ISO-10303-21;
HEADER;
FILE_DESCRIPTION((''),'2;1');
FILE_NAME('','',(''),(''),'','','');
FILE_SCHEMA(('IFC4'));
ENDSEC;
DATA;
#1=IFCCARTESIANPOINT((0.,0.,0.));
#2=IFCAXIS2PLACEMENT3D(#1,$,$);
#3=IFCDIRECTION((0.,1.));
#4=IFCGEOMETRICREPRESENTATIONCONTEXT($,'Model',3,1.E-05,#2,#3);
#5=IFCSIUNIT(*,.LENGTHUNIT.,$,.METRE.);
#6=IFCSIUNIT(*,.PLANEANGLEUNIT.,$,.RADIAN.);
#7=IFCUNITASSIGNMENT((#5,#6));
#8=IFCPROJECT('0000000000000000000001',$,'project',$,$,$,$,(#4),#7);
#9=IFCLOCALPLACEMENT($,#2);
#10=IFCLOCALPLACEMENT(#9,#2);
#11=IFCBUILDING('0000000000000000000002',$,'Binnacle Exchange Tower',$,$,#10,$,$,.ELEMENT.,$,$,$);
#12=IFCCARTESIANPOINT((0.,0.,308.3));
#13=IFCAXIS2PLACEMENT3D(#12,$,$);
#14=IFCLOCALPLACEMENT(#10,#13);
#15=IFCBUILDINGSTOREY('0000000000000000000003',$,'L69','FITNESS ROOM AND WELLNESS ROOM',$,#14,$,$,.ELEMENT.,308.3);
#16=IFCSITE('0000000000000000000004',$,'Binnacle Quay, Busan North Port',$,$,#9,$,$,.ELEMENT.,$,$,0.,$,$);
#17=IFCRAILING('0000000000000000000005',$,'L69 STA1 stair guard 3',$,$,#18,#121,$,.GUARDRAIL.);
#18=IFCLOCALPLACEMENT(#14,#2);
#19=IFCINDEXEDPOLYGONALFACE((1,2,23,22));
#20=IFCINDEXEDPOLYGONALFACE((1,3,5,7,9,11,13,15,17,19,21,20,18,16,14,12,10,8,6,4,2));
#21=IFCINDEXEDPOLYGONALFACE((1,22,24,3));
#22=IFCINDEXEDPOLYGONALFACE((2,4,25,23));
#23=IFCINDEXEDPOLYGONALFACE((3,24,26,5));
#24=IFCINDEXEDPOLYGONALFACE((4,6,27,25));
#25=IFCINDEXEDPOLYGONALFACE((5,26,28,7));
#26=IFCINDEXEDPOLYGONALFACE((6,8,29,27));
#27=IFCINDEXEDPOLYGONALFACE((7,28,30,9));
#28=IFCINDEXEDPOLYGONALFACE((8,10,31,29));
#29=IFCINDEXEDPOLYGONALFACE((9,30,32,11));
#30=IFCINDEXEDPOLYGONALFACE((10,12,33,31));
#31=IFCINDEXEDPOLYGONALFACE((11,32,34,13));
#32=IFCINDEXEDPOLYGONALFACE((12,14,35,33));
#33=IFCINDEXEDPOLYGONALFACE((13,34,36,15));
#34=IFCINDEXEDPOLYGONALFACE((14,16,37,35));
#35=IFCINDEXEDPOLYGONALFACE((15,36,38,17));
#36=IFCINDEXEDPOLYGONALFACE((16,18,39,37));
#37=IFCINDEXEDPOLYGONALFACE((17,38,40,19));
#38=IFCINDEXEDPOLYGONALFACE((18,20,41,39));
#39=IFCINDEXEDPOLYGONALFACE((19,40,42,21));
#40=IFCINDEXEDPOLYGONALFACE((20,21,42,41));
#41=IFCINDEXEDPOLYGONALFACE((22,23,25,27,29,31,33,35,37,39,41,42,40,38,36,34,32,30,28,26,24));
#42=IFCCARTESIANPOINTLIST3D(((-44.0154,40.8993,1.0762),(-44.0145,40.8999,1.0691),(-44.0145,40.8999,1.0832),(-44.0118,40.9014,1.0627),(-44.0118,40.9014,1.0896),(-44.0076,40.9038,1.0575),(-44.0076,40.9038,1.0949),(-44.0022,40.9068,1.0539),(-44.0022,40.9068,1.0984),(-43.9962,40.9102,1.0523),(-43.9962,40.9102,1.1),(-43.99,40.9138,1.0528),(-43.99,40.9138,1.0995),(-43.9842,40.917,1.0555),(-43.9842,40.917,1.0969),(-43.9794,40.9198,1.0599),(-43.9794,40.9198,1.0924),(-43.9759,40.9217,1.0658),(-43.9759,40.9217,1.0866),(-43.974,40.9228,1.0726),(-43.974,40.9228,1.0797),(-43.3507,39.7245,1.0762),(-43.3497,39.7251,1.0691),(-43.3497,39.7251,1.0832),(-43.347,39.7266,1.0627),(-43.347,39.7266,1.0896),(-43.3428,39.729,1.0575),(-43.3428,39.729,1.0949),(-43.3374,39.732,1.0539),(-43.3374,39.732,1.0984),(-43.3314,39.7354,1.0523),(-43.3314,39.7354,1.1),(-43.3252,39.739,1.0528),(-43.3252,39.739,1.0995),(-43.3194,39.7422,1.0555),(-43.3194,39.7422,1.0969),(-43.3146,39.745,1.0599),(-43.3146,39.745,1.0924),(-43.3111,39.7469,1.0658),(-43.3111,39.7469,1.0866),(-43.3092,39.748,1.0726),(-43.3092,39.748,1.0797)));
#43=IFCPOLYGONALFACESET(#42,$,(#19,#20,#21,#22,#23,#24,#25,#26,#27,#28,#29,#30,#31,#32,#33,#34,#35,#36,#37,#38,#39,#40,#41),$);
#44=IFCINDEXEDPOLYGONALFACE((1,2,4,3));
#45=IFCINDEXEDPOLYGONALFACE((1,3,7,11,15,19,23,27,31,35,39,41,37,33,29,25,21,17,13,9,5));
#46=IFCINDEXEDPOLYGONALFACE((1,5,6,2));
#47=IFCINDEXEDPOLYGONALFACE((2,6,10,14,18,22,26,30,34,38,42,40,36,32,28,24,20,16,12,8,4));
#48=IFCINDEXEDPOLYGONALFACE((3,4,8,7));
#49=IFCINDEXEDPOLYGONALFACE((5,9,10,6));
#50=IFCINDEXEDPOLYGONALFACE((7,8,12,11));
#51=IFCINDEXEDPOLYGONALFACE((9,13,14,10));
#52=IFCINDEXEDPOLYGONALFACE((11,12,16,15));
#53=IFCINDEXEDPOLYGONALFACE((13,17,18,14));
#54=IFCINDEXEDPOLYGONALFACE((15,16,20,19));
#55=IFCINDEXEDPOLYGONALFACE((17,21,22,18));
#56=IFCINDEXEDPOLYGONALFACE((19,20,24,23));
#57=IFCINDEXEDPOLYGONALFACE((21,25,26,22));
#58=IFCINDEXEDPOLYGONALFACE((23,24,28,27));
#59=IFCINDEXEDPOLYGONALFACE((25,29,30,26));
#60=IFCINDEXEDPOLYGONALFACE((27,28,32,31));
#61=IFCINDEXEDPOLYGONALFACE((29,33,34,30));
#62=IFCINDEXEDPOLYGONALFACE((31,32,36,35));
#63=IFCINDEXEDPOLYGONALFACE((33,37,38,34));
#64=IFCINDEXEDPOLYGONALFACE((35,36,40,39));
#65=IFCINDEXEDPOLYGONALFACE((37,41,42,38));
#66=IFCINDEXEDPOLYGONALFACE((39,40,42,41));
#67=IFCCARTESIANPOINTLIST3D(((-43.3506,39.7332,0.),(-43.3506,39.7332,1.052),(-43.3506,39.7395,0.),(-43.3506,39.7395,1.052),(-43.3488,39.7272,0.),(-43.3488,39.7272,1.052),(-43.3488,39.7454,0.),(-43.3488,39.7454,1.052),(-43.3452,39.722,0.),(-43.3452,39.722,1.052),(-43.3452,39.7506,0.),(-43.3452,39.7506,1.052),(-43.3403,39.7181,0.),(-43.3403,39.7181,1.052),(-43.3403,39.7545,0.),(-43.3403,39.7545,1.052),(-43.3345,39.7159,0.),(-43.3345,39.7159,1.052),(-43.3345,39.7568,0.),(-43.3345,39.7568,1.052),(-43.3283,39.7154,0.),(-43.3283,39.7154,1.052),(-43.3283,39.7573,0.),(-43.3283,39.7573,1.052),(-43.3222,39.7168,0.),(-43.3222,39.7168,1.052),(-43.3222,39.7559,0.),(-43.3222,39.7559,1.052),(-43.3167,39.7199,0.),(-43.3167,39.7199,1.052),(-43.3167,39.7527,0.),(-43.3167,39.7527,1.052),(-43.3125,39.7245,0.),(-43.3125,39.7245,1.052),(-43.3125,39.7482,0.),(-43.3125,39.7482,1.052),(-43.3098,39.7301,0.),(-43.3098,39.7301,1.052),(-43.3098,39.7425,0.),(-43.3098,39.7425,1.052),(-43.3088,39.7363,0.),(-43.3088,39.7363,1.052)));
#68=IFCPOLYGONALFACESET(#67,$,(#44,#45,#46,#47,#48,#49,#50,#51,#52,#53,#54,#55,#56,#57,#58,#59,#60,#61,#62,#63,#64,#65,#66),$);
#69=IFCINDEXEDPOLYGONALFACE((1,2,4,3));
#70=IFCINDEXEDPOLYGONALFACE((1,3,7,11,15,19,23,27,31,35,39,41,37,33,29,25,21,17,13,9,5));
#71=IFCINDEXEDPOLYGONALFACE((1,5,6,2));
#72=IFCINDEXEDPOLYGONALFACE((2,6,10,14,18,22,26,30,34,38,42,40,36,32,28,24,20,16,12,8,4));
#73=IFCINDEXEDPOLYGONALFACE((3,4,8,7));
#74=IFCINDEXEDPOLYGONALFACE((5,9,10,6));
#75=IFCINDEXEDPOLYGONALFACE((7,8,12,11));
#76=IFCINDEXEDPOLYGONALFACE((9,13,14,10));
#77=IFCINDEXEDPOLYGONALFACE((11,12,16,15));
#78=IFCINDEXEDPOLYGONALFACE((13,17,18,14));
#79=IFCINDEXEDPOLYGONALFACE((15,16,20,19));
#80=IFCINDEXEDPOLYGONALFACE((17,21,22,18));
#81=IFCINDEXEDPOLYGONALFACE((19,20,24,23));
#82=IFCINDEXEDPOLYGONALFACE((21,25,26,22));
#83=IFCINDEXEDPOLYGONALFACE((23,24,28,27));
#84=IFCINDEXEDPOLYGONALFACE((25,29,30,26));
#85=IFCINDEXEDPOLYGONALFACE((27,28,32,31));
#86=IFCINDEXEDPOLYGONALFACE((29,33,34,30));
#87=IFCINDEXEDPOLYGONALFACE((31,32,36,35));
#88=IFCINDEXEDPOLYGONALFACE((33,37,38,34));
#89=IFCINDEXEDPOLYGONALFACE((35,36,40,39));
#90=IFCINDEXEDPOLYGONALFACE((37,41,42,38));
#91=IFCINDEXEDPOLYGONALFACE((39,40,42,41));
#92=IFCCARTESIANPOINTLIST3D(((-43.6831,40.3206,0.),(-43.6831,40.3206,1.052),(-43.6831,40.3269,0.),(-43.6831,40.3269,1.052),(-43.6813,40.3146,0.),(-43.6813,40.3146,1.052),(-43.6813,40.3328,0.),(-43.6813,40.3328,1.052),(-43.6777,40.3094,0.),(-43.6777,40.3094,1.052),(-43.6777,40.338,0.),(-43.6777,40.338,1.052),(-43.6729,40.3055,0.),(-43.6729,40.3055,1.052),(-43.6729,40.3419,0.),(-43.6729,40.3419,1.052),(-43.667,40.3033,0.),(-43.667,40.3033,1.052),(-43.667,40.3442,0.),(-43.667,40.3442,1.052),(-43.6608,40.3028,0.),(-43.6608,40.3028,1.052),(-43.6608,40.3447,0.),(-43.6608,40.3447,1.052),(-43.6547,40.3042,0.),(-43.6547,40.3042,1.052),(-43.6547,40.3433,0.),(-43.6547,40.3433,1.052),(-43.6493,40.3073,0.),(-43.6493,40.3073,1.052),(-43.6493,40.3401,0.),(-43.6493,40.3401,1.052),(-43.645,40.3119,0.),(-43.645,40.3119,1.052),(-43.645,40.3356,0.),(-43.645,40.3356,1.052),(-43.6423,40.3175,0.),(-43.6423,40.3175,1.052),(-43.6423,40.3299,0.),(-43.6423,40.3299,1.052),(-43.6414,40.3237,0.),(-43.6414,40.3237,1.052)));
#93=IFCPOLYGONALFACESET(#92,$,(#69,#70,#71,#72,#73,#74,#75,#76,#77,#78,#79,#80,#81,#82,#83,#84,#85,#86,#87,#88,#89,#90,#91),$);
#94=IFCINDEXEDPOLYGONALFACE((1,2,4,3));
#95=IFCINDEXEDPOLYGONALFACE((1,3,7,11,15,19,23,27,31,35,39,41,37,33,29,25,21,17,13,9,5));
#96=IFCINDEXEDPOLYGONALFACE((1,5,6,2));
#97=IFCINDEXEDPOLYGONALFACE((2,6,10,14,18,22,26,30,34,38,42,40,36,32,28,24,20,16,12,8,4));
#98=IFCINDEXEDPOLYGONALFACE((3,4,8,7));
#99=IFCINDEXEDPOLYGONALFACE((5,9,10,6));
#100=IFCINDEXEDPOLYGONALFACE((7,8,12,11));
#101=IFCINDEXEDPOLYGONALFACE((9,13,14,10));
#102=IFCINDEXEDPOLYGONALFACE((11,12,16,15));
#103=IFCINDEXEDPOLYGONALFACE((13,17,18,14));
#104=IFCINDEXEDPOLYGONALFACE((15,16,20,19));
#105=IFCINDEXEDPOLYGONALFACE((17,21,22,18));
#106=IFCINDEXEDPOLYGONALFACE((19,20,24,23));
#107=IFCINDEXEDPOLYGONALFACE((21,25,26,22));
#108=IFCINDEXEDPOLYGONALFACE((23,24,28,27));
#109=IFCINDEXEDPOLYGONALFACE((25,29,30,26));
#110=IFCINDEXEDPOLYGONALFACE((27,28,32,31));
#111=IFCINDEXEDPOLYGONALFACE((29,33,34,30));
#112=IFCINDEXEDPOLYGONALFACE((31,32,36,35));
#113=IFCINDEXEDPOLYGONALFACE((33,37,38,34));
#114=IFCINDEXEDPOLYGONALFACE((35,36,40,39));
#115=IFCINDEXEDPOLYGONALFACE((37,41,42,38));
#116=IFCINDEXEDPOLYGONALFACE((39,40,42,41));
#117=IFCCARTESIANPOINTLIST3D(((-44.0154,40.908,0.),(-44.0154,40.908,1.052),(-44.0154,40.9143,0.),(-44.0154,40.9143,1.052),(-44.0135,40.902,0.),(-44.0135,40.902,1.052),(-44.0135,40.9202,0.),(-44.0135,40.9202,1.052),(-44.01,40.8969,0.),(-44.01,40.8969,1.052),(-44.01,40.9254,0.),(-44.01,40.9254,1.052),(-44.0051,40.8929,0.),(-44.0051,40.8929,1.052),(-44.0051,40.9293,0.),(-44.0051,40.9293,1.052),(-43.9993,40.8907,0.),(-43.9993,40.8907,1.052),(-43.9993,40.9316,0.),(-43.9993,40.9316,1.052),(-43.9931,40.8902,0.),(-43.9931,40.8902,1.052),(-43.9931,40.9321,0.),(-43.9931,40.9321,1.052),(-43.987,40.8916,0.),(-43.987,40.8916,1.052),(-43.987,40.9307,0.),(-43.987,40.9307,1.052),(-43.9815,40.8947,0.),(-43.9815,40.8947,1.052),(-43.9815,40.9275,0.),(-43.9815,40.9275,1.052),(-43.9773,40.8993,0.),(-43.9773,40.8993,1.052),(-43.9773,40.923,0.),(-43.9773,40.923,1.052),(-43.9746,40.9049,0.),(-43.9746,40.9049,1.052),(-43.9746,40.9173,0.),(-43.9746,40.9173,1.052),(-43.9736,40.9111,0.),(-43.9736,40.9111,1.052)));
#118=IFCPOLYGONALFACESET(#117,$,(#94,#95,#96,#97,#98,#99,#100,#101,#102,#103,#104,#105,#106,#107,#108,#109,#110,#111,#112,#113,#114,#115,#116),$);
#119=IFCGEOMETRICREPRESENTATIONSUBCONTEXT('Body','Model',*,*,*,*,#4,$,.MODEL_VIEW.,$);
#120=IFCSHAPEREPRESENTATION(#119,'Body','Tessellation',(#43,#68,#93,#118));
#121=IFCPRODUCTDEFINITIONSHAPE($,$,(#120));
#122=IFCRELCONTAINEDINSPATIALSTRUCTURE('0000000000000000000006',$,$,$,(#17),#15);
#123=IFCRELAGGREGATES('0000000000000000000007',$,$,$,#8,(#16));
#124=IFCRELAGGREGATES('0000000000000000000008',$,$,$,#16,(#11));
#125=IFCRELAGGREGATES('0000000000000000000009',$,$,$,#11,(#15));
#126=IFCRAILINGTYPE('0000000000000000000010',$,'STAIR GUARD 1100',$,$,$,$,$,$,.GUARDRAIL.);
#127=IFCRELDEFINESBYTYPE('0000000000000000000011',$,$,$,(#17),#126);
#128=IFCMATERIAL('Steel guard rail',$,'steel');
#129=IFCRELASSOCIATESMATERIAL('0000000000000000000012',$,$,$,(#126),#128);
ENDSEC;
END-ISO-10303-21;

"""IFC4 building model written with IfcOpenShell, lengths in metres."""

from ifc_helpers import new_model, si_unit, direction, frame, origin, origin_2d, place, context, subcontext, project, spatial, circle, extrude, material, type_object, element, save


model = new_model("IFC4")

# Units and contexts
model_context = context("Model", 3, precision=1e-05, world=origin(), true_north=direction((0.0, 1.0)))
body_context = subcontext(model_context, "Body", "Model", "MODEL_VIEW")
ifc_project = project(units=[si_unit("LENGTHUNIT", "METRE"), si_unit("PLANEANGLEUNIT", "RADIAN")], contexts=[model_context])

# Site, building, storey
site_placement = place(None, origin())
site = spatial("IfcSite", under=ifc_project, at=site_placement, Name="Binnacle Quay, Busan North Port", CompositionType="ELEMENT", RefElevation=0.0)
building_placement = place(site_placement, origin())
building = spatial("IfcBuilding", under=site, at=building_placement, Name="Binnacle Exchange Tower", CompositionType="ELEMENT")
storey_placement = place(building_placement, frame((0.0, 0.0, 308.3)))
storey = spatial("IfcBuildingStorey", under=building, at=storey_placement, Name="L69", Description="FITNESS ROOM AND WELLNESS ROOM", CompositionType="ELEMENT", Elevation=308.3)

# Railing
ifc_material_1 = material(Name="Steel guard rail", Category="steel")
railing_type = type_object("IfcRailingType", Name="STAIR GUARD 1100", PredefinedType="GUARDRAIL", material=ifc_material_1)
railing_1_placement = place(storey_placement, frame((-43.3298, 39.7363, 0.0)))
element("IfcRailing", 1, at=railing_1_placement, inside=storey, type_object=railing_type, Name="L69 STA1 stair guard 3", PredefinedType="GUARDRAIL", context=body_context, shape_type="SweptSolid", body=[
    extrude(circle(Radius=0.0239, at=origin_2d()), frame((0.0, 0.0, 1.0762), z_axis=(-0.492492, 0.870317, 0.0), x_axis=(-0.870317, -0.492492, 0.0)), (0.0, 0.0, 1.0), 1.3499),
    extrude(circle(Radius=0.021, at=origin_2d()), origin(), (0.0, 0.0, 1.0), 1.052),
    extrude(circle(Radius=0.021, at=origin_2d()), frame((-0.3325, 0.5874, 0.0)), (0.0, 0.0, 1.0), 1.052),
    extrude(circle(Radius=0.021, at=origin_2d()), frame((-0.6648, 1.1748, 0.0)), (0.0, 0.0, 1.0), 1.052),
])

save(model, "model.ifc")
